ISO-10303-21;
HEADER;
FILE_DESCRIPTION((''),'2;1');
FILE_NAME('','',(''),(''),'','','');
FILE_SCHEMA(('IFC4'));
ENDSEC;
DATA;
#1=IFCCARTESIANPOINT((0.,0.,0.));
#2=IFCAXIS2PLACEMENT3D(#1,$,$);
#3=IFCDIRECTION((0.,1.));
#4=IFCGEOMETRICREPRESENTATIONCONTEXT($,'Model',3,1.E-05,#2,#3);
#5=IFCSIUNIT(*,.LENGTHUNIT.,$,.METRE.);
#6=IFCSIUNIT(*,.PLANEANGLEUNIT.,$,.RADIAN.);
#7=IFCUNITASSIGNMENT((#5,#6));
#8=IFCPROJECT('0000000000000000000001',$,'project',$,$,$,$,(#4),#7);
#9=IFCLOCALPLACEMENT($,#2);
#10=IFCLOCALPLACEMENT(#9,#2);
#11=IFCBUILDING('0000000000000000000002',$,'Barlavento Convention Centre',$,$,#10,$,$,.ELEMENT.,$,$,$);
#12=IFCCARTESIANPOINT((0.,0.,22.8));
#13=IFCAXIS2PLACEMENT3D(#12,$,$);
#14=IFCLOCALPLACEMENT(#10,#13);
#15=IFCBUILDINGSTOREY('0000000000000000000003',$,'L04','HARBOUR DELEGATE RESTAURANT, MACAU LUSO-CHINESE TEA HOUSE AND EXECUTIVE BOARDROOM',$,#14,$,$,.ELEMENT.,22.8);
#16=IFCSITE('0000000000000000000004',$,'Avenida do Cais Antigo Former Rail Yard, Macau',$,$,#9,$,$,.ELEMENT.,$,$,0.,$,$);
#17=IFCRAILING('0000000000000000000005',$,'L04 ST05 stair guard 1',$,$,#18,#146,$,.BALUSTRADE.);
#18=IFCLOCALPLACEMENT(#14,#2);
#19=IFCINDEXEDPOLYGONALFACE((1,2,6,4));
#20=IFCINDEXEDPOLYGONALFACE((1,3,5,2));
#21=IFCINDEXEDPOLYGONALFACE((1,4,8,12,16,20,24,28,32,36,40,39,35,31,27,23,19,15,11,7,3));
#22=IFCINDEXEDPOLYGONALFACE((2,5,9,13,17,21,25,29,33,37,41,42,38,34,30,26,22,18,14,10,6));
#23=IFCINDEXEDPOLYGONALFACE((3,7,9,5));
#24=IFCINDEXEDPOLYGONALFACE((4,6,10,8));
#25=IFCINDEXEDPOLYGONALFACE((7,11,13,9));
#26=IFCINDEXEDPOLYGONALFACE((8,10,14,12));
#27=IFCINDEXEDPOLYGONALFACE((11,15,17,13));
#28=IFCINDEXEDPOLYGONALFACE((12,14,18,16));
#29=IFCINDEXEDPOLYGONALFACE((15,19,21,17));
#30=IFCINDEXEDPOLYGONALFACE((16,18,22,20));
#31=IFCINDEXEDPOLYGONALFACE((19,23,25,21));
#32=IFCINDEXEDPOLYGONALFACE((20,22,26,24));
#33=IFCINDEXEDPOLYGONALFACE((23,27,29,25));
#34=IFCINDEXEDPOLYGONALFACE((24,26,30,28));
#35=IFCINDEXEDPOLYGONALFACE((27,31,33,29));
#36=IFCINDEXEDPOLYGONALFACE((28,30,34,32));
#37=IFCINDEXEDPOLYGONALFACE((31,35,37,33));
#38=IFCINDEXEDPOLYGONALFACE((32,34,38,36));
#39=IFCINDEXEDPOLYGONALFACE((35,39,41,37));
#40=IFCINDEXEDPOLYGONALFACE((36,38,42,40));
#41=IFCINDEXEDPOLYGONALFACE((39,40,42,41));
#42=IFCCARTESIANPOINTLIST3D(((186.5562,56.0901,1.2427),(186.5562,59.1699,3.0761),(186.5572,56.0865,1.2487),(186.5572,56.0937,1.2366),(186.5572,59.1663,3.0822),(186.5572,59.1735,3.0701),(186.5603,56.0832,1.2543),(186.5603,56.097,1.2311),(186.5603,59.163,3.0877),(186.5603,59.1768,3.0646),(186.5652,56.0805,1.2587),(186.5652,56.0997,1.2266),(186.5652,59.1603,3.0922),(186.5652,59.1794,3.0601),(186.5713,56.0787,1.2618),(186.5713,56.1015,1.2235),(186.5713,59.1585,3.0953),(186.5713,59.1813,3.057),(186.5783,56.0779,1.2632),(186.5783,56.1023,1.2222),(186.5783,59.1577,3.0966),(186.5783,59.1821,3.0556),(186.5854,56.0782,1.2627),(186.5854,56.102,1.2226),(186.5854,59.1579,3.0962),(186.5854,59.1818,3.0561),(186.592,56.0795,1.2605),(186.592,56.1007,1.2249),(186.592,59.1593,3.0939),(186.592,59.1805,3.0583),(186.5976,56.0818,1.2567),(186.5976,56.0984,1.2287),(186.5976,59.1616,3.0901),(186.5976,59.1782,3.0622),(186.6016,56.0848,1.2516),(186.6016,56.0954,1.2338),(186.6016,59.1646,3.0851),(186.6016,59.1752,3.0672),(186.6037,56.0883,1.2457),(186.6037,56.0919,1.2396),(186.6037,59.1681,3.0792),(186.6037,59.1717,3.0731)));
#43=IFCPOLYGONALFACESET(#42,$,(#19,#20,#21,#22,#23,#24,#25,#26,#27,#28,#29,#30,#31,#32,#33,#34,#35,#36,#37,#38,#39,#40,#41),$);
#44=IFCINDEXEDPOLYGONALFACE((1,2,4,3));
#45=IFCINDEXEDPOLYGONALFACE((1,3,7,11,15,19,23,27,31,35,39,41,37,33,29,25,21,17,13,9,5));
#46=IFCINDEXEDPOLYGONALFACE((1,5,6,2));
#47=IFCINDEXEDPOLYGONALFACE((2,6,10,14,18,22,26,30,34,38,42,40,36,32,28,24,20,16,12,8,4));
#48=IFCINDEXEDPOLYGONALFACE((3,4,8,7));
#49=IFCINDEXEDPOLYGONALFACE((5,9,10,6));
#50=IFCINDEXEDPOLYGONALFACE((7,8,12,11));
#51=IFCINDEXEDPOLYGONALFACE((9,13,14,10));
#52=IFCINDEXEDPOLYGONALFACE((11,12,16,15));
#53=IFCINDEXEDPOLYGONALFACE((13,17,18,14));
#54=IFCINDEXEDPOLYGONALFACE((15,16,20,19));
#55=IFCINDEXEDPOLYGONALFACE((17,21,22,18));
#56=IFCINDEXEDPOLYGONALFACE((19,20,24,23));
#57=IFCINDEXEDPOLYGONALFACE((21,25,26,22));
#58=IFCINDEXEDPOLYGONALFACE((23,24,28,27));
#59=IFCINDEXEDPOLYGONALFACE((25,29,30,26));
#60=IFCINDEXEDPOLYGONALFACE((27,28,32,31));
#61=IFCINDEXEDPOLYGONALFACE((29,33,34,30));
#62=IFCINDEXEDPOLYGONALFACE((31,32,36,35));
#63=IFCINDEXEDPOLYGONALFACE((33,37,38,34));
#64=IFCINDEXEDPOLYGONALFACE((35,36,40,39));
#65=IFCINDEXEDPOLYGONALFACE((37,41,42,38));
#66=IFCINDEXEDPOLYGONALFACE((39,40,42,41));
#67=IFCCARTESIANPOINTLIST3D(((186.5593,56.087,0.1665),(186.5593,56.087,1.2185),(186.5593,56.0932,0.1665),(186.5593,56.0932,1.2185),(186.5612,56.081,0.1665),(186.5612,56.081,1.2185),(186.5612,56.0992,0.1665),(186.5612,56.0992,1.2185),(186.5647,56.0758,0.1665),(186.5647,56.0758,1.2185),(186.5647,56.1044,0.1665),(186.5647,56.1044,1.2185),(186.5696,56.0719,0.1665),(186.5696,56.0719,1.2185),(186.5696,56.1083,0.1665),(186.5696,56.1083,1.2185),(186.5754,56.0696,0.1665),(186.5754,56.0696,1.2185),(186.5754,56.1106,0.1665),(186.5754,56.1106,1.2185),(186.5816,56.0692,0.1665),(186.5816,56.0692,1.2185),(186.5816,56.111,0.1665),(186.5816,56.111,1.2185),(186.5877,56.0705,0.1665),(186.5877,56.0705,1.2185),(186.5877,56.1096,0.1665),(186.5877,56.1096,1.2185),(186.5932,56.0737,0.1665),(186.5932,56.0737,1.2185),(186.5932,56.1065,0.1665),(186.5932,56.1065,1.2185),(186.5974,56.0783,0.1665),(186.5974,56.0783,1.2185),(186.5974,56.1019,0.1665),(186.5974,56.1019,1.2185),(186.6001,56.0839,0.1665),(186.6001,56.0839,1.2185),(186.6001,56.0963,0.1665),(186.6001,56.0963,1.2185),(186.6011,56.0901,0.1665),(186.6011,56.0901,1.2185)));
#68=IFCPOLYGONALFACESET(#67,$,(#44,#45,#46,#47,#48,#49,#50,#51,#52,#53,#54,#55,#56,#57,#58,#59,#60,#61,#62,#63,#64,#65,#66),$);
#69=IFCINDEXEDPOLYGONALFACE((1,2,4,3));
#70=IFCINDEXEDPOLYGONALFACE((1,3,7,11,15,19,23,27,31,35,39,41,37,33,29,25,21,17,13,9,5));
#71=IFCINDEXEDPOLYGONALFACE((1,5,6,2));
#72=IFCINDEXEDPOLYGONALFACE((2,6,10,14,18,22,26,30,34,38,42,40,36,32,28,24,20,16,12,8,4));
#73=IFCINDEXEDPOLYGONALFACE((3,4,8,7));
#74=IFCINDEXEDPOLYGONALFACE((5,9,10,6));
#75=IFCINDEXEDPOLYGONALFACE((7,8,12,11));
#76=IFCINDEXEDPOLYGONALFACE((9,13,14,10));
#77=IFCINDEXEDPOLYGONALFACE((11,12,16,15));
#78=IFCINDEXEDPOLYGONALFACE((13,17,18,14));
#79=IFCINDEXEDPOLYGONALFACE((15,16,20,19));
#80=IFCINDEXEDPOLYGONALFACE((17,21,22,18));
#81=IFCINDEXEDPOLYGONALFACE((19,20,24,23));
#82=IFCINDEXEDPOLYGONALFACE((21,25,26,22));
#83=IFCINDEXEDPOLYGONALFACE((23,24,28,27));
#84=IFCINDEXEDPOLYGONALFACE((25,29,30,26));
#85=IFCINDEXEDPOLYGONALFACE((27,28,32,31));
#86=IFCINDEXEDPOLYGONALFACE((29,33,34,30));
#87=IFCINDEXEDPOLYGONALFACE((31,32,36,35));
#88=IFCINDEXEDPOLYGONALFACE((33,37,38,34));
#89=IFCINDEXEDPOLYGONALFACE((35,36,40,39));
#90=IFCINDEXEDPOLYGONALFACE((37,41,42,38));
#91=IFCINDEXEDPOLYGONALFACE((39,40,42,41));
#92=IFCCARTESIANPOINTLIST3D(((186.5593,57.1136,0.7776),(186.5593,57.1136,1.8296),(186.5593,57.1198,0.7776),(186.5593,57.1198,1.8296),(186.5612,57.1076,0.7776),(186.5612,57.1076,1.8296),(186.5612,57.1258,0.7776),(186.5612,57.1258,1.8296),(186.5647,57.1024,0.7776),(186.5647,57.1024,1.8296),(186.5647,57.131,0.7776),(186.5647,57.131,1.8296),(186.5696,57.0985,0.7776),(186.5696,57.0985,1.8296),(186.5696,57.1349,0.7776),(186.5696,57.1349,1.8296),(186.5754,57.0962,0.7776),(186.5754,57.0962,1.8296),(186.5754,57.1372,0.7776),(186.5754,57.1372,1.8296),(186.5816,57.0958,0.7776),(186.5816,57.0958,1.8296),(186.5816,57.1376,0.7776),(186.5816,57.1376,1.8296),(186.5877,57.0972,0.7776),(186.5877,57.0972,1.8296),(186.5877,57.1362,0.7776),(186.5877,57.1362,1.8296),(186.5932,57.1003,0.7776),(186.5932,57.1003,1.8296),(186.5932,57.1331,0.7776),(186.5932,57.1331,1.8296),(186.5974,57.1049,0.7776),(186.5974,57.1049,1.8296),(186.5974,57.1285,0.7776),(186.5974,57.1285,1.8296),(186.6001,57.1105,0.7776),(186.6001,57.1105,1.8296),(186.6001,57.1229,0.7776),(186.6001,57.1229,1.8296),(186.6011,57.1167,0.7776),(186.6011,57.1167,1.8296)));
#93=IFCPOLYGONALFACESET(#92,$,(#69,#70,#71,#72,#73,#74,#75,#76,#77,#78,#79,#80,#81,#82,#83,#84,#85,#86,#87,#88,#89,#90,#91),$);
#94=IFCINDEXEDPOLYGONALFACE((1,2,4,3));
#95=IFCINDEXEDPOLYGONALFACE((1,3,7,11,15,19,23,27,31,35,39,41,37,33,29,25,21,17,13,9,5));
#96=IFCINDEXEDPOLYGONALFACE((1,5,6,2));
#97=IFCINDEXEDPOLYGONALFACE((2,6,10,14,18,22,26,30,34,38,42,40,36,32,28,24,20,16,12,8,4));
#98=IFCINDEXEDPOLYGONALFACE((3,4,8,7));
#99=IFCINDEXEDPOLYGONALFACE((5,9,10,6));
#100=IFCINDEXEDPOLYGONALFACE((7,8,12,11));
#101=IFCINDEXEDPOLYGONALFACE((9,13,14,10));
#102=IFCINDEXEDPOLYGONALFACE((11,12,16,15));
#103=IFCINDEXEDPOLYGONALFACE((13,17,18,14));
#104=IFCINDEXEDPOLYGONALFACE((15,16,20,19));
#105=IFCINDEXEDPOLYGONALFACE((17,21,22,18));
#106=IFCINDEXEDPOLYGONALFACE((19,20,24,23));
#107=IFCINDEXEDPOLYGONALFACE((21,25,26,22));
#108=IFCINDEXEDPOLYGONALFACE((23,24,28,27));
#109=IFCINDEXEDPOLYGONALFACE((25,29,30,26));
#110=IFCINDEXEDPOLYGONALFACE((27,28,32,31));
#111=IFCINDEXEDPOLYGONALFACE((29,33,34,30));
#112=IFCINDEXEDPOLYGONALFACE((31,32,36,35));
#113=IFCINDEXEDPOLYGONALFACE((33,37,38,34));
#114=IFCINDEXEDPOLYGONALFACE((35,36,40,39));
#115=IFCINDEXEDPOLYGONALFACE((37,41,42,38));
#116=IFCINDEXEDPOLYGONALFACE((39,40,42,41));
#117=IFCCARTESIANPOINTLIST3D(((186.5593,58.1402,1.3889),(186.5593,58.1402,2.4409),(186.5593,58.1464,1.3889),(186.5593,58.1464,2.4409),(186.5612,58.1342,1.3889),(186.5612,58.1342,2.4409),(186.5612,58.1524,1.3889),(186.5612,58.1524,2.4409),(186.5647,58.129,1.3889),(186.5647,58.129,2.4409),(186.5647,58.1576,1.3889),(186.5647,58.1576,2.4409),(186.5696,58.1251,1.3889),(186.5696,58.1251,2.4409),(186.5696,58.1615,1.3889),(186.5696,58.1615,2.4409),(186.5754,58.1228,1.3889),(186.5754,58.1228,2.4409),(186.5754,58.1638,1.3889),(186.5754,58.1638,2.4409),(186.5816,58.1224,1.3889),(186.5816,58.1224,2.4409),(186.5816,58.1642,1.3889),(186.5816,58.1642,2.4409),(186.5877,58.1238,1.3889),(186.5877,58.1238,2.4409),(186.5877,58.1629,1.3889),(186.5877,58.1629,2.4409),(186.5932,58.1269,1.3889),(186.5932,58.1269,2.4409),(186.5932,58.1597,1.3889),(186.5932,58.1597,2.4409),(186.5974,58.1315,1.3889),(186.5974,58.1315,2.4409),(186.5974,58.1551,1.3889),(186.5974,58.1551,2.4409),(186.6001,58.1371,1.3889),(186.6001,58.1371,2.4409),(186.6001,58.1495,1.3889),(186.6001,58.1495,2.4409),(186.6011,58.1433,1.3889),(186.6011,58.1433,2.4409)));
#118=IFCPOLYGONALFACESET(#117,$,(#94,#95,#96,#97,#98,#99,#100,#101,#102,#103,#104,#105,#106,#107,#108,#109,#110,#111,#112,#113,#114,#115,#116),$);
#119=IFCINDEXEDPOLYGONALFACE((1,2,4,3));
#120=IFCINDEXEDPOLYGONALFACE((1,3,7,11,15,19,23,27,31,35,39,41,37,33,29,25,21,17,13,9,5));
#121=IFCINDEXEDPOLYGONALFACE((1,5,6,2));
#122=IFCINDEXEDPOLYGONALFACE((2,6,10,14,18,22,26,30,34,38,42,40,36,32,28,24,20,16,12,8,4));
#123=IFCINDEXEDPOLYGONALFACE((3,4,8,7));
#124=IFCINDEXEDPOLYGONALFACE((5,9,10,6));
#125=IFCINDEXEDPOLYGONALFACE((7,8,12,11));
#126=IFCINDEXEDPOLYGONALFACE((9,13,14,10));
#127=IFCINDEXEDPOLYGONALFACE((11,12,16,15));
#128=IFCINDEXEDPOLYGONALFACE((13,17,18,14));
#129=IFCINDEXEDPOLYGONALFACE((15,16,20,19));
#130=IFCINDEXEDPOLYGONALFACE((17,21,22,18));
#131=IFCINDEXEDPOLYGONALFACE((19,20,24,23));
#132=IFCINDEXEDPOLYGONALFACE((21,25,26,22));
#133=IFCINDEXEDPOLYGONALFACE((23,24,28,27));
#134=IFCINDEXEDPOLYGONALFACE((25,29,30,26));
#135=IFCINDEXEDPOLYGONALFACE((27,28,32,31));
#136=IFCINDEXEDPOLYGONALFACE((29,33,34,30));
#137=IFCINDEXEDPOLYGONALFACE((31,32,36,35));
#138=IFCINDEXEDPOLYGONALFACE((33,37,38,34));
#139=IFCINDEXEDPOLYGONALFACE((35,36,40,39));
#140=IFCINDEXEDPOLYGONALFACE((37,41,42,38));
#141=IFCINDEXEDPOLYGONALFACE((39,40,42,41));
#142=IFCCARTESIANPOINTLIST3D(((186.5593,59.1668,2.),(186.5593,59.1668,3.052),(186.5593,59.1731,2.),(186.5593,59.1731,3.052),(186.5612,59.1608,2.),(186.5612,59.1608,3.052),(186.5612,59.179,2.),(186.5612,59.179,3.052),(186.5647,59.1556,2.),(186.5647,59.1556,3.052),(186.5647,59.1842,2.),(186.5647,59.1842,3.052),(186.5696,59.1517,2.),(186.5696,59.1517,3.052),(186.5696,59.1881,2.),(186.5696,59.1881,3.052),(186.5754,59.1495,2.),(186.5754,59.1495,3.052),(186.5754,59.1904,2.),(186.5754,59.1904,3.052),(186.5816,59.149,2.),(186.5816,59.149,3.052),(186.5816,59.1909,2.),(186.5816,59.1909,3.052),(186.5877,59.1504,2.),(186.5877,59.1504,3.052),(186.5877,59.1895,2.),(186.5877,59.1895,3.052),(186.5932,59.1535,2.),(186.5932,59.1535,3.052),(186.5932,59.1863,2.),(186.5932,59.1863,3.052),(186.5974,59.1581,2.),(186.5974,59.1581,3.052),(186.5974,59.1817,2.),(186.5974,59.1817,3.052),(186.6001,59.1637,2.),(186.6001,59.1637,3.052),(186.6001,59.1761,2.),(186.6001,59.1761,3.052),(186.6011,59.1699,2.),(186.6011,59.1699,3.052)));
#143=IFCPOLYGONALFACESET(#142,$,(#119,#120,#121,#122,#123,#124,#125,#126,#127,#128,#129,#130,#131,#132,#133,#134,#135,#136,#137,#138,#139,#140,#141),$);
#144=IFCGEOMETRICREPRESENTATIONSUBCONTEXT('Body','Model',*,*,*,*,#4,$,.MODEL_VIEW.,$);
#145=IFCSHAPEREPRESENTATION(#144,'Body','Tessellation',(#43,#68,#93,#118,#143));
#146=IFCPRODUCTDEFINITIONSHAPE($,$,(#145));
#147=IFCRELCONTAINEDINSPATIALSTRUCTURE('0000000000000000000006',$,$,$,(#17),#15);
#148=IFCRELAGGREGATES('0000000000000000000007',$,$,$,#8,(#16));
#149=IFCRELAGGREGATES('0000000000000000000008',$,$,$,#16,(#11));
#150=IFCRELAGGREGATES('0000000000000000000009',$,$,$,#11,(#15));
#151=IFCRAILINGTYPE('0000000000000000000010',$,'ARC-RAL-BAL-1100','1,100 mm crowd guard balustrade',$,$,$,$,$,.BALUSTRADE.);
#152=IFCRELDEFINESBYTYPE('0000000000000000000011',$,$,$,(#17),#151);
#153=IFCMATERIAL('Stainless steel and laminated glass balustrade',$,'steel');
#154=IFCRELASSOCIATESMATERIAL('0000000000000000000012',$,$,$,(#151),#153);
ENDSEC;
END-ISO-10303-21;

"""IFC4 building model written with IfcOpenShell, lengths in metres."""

from ifc_helpers import new_model, si_unit, direction, frame, origin, origin_2d, place, context, subcontext, project, spatial, circle, extrude, material, type_object, element, save


model = new_model("IFC4")

# Units and contexts
model_context = context("Model", 3, precision=1e-05, world=origin(), true_north=direction((0.0, 1.0)))
body_context = subcontext(model_context, "Body", "Model", "MODEL_VIEW")
ifc_project = project(units=[si_unit("LENGTHUNIT", "METRE"), si_unit("PLANEANGLEUNIT", "RADIAN")], contexts=[model_context])

# Site, building, storey
site_placement = place(None, origin())
site = spatial("IfcSite", under=ifc_project, at=site_placement, Name="Avenida do Cais Antigo Former Rail Yard, Macau", CompositionType="ELEMENT", RefElevation=0.0)
building_placement = place(site_placement, origin())
building = spatial("IfcBuilding", under=site, at=building_placement, Name="Barlavento Convention Centre", CompositionType="ELEMENT")
storey_placement = place(building_placement, frame((0.0, 0.0, 22.8)))
storey = spatial("IfcBuildingStorey", under=building, at=storey_placement, Name="L04", Description="HARBOUR DELEGATE RESTAURANT, MACAU LUSO-CHINESE TEA HOUSE AND EXECUTIVE BOARDROOM", CompositionType="ELEMENT", Elevation=22.8)

# Railing
ifc_material_1 = material(Name="Stainless steel and laminated glass balustrade", Category="steel")
railing_type_1 = type_object("IfcRailingType", Name="ARC-RAL-BAL-1100", Description="1,100 mm crowd guard balustrade", PredefinedType="BALUSTRADE", material=ifc_material_1)
railing_1_placement = place(storey_placement, frame((186.5801, 56.0901, 0.1665)))
element("IfcRailing", 1, at=railing_1_placement, inside=storey, type_object=railing_type_1, Name="L04 ST05 stair guard 1", PredefinedType="BALUSTRADE", context=body_context, shape_type="SweptSolid", body=[
    extrude(circle(Radius=0.0239, at=origin_2d()), frame((0.0, 0.0, 1.0762), z_axis=(0.0, 0.859261, 0.511538), x_axis=(-1.0, 0.0, 0.0)), (0.0, 0.0, 1.0), 3.5842),
    extrude(circle(Radius=0.021, at=origin_2d()), origin(), (0.0, 0.0, 1.0), 1.052),
    extrude(circle(Radius=0.021, at=origin_2d()), frame((0.0, 1.0266, 0.6111)), (0.0, 0.0, 1.0), 1.052),
    extrude(circle(Radius=0.021, at=origin_2d()), frame((0.0, 2.0532, 1.2224)), (0.0, 0.0, 1.0), 1.052),
    extrude(circle(Radius=0.021, at=origin_2d()), frame((0.0, 3.0798, 1.8335)), (0.0, 0.0, 1.0), 1.052),
])

save(model, "model.ifc")
